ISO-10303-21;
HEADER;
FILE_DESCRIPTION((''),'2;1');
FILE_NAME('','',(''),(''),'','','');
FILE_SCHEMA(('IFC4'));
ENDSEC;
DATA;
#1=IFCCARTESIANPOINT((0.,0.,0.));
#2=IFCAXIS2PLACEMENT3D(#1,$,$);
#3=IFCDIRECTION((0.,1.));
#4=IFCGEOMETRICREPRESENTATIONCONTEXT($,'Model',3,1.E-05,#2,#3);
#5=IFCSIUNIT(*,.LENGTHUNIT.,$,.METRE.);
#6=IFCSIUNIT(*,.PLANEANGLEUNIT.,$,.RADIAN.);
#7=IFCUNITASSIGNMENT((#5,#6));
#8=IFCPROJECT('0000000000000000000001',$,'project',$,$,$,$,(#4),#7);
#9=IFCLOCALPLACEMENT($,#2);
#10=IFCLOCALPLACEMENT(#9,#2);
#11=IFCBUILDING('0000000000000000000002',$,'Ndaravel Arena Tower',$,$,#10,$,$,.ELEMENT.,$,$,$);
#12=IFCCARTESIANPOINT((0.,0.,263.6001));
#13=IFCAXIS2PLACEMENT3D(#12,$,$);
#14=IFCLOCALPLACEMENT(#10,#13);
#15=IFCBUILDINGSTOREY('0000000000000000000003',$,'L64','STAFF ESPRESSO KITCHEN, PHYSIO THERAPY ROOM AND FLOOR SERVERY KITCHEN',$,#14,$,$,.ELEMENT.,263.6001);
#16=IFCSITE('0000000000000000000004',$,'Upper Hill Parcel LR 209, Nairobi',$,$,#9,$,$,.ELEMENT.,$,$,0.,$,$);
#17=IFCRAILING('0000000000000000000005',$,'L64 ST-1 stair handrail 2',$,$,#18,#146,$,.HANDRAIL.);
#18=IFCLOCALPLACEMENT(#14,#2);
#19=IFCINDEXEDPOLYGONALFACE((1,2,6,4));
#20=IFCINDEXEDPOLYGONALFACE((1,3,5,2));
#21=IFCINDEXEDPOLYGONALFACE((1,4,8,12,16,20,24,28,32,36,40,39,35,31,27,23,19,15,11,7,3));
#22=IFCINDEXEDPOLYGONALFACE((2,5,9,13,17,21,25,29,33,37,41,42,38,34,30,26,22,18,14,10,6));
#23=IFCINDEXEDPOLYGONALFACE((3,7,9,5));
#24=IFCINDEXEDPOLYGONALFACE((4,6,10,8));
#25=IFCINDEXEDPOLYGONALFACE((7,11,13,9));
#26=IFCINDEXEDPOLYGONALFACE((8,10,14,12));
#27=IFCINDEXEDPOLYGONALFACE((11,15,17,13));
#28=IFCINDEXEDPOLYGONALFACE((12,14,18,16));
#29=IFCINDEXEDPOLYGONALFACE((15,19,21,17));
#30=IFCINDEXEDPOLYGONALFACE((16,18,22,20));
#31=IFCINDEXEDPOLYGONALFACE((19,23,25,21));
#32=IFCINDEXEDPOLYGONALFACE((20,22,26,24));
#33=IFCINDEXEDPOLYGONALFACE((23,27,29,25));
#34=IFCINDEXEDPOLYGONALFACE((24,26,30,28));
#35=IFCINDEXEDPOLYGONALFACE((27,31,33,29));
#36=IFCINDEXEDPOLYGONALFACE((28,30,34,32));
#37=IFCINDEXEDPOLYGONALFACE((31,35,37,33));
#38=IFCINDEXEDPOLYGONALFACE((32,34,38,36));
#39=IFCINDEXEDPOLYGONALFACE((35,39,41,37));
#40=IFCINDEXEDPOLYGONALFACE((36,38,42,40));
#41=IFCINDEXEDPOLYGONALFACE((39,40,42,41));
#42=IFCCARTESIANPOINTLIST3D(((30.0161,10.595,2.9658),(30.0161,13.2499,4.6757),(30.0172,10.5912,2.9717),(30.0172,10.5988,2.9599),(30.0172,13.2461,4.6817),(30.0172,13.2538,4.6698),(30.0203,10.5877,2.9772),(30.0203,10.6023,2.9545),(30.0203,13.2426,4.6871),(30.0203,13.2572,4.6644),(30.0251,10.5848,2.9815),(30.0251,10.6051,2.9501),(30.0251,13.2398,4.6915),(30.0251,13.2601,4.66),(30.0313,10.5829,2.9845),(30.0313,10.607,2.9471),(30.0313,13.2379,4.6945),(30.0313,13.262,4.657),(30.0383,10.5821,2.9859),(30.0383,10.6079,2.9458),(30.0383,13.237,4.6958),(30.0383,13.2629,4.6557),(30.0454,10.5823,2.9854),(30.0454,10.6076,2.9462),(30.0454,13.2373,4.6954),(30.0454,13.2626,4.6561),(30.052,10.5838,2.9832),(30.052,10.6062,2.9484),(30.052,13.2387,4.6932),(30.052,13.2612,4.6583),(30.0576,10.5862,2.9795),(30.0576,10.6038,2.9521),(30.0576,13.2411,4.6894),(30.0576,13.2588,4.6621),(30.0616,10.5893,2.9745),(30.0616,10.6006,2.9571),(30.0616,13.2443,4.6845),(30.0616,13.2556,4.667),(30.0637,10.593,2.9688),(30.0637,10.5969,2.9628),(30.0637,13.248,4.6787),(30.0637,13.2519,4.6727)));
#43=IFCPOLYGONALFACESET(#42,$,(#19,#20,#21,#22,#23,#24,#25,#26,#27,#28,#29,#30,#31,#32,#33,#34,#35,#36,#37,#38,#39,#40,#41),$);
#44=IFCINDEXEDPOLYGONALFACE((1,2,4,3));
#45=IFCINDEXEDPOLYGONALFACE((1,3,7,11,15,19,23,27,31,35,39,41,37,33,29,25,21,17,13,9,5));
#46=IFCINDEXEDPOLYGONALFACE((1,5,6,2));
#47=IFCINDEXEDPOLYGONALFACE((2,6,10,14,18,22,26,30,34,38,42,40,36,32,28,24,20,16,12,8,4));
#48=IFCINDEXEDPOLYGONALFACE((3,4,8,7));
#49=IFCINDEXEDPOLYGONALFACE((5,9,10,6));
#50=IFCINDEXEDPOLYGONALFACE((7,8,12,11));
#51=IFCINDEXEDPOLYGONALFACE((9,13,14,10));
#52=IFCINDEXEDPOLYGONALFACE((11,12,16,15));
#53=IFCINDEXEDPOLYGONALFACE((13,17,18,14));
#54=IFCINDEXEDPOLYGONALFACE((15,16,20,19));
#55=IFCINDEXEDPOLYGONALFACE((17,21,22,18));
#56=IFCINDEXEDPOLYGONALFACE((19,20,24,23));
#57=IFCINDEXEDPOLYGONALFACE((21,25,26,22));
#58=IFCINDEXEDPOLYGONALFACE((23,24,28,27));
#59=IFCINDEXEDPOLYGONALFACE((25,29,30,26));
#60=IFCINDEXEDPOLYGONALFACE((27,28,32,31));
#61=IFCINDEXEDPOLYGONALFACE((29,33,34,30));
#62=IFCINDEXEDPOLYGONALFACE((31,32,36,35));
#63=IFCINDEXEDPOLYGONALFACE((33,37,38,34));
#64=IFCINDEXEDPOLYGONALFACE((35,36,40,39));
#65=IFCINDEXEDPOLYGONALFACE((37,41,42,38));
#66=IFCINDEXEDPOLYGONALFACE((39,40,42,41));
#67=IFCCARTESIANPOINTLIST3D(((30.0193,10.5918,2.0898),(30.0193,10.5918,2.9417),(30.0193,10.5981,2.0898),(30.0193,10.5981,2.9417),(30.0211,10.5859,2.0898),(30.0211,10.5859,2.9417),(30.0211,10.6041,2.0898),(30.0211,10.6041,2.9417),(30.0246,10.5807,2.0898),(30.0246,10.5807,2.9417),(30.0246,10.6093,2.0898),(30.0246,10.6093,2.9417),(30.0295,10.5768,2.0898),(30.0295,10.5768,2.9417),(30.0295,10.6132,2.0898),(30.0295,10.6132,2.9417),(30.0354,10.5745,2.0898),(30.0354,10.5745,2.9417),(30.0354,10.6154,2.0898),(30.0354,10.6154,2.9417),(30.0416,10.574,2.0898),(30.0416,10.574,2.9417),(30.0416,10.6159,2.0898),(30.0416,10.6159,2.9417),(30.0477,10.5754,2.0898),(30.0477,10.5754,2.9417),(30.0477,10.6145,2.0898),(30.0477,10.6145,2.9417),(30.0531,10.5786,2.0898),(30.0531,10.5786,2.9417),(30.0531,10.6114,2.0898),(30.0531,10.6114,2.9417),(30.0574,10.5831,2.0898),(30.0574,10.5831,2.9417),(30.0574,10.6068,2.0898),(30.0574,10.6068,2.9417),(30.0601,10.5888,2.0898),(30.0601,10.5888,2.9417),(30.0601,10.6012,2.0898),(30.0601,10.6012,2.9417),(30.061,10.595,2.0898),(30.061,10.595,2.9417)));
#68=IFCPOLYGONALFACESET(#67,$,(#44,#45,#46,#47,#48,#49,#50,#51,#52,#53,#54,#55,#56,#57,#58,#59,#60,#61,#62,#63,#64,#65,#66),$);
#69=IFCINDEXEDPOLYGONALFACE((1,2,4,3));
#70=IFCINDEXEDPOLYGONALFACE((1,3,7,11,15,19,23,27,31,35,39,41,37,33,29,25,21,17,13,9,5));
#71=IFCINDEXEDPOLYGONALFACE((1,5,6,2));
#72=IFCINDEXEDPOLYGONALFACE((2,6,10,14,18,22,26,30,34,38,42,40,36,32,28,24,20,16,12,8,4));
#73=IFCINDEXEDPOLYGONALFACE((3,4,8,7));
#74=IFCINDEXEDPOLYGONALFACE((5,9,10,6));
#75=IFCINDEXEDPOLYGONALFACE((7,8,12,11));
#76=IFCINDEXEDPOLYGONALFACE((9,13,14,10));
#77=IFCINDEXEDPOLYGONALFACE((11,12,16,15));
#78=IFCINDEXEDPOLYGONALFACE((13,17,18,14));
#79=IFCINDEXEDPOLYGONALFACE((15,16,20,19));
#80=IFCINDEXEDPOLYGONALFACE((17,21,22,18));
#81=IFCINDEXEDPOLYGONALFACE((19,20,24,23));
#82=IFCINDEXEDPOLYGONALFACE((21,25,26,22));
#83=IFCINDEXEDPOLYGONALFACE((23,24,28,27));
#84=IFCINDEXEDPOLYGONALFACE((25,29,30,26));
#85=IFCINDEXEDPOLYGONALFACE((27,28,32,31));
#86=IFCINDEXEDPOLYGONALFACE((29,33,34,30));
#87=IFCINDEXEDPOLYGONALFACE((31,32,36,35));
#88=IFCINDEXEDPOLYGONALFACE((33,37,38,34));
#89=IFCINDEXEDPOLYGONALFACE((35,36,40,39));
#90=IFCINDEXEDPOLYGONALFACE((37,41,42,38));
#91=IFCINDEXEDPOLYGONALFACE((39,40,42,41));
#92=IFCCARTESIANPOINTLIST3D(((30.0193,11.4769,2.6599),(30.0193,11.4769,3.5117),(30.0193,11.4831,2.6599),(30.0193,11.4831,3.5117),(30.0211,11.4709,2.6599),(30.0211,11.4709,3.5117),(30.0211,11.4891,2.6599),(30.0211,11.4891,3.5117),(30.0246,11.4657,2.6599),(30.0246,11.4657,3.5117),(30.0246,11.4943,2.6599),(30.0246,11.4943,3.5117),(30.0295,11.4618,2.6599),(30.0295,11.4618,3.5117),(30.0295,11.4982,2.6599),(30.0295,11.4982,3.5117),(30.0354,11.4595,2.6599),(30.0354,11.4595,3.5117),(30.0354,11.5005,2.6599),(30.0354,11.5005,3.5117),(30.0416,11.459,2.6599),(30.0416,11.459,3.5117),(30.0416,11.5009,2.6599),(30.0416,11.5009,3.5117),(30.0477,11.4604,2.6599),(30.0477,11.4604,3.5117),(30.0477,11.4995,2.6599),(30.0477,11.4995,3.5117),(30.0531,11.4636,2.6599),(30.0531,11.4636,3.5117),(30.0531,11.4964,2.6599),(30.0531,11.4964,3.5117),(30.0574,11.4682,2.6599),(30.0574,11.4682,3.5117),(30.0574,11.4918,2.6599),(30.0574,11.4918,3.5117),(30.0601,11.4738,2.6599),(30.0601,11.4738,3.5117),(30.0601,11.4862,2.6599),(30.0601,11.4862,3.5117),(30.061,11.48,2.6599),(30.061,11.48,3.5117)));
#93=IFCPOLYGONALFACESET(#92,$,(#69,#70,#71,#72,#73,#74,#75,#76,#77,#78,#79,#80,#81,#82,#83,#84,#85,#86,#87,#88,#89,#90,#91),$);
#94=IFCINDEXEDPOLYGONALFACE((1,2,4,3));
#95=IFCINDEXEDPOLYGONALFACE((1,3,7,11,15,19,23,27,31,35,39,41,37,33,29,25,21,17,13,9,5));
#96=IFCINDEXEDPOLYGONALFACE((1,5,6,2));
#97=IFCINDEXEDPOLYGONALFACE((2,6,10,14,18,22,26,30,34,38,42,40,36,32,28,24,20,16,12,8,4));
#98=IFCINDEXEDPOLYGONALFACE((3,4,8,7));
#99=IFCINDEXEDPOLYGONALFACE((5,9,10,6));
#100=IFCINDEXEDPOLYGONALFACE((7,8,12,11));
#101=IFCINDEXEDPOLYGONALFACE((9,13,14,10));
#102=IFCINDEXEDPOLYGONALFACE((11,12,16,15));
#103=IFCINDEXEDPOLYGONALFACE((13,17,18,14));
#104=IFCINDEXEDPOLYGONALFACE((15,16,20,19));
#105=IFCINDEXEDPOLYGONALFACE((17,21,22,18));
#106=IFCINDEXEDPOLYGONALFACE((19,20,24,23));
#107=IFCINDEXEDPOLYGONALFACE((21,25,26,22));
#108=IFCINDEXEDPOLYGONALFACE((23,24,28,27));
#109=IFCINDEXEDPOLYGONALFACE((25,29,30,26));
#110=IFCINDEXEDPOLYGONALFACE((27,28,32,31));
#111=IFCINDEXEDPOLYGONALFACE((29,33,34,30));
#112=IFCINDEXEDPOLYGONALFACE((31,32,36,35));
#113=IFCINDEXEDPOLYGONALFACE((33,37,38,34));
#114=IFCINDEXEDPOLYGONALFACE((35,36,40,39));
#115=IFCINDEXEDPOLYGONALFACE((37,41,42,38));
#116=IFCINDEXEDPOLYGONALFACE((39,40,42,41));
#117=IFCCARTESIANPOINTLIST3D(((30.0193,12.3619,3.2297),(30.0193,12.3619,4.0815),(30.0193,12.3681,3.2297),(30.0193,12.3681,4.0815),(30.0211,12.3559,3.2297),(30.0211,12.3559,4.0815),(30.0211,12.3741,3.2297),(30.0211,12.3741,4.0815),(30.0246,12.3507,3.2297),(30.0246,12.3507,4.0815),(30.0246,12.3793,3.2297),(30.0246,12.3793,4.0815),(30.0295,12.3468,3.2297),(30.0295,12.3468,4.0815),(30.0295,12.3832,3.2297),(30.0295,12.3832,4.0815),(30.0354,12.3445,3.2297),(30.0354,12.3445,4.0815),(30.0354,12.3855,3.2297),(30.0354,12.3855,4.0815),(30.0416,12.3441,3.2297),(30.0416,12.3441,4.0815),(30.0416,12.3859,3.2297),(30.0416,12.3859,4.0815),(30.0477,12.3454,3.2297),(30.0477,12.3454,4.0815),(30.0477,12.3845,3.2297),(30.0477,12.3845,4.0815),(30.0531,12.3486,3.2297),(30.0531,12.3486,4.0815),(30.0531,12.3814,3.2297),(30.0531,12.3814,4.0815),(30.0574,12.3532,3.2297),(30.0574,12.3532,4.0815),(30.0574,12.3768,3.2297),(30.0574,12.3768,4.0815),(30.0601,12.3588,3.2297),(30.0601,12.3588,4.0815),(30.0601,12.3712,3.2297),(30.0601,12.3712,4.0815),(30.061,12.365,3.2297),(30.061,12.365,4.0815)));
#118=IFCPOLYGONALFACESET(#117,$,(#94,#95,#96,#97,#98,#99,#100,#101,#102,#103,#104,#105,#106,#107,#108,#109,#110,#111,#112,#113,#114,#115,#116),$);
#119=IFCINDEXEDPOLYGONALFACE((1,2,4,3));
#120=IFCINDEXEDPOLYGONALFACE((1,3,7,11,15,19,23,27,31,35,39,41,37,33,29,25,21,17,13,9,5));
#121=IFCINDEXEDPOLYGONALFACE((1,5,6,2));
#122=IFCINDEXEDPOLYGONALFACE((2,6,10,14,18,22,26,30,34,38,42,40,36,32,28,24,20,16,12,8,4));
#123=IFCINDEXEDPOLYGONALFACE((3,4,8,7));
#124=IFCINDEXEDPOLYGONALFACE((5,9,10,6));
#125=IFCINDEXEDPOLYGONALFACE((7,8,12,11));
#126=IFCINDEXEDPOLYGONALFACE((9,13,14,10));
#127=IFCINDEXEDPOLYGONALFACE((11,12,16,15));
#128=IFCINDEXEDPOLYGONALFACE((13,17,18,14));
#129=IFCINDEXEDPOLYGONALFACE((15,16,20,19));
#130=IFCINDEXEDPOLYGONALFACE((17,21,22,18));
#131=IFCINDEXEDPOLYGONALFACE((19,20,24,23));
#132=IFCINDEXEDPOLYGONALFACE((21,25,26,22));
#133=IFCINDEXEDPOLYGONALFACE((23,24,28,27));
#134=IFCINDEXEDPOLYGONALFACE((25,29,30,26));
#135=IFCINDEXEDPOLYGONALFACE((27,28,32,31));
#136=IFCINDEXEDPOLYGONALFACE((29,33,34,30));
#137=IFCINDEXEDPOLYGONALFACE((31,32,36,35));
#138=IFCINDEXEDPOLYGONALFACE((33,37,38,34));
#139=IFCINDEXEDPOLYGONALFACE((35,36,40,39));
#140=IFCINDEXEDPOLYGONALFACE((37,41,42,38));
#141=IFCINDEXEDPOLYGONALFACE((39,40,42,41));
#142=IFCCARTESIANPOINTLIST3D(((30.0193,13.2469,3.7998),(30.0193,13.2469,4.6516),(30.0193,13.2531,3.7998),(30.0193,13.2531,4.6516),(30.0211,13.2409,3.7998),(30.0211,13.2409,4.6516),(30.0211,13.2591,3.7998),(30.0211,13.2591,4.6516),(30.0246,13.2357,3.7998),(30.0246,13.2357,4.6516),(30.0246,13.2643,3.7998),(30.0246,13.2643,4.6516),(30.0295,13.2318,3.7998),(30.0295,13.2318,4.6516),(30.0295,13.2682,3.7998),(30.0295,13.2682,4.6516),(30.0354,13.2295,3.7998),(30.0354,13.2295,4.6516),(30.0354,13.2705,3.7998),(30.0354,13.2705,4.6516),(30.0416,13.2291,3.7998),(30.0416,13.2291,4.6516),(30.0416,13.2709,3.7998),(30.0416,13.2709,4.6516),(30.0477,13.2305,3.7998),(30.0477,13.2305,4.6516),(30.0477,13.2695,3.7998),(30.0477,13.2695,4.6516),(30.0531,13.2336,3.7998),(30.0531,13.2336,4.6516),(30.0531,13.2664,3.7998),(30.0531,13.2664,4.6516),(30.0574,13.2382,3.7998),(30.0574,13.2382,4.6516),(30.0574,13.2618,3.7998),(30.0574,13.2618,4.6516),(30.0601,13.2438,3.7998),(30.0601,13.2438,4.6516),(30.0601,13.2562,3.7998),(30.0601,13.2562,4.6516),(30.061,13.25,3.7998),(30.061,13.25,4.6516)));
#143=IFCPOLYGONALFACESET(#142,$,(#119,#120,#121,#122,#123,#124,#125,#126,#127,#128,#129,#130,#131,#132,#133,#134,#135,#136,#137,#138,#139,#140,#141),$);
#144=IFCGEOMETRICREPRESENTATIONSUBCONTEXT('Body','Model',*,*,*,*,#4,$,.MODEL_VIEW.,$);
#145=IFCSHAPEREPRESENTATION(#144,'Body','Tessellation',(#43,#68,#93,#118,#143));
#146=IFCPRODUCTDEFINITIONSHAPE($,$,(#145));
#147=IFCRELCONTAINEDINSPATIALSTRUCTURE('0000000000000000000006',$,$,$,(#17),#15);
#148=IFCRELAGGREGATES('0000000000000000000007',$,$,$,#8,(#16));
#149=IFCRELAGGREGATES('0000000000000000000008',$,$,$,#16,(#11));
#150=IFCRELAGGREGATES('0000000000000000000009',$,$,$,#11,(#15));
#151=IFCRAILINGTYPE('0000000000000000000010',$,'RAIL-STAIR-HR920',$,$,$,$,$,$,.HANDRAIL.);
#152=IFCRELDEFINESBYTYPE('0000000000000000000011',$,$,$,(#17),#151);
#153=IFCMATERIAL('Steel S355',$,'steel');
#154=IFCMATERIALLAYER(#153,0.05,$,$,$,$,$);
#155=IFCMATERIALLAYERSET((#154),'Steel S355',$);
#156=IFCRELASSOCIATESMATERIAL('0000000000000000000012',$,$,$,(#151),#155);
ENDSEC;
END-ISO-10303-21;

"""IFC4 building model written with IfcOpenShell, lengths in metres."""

from ifc_helpers import new_model, si_unit, direction, frame, origin, origin_2d, place, context, subcontext, project, spatial, circle, extrude, material, layer, layer_set, type_object, element, save


model = new_model("IFC4")

# Units and contexts
model_context = context("Model", 3, precision=1e-05, world=origin(), true_north=direction((0.0, 1.0)))
body_context = subcontext(model_context, "Body", "Model", "MODEL_VIEW")
ifc_project = project(units=[si_unit("LENGTHUNIT", "METRE"), si_unit("PLANEANGLEUNIT", "RADIAN")], contexts=[model_context])

# Site, building, storey
site_placement = place(None, origin())
site = spatial("IfcSite", under=ifc_project, at=site_placement, Name="Upper Hill Parcel LR 209, Nairobi", CompositionType="ELEMENT", RefElevation=0.0)
building_placement = place(site_placement, origin())
building = spatial("IfcBuilding", under=site, at=building_placement, Name="Ndaravel Arena Tower", CompositionType="ELEMENT")
storey_placement = place(building_placement, frame((0.0, 0.0, 263.6001)))
storey = spatial("IfcBuildingStorey", under=building, at=storey_placement, Name="L64", Description="STAFF ESPRESSO KITCHEN, PHYSIO THERAPY ROOM AND FLOOR SERVERY KITCHEN", CompositionType="ELEMENT", Elevation=263.6001)

# Railing
ifc_material_1 = material(Name="Steel S355", Category="steel")
ifc_layer_1 = layer(ifc_material_1, 0.05)
ifc_layer_set_1 = layer_set([ifc_layer_1], Name="Steel S355")
railing_type_1 = type_object("IfcRailingType", Name="RAIL-STAIR-HR920", PredefinedType="HANDRAIL", material=ifc_layer_set_1)
railing_1_placement = place(storey_placement, frame((30.04, 10.595, 2.0898)))
element("IfcRailing", 1, at=railing_1_placement, inside=storey, type_object=railing_type_1, Name="L64 ST-1 stair handrail 2", PredefinedType="HANDRAIL", context=body_context, shape_type="SweptSolid", body=[
    extrude(circle(Radius=0.0239, at=origin_2d()), frame((0.0, 0.0, 0.876), z_axis=(0.0, 0.840724, 0.541465), x_axis=(-1.0, 0.0, 0.0)), (0.0, 0.0, 1.0), 3.158),
    extrude(circle(Radius=0.021, at=origin_2d()), origin(), (0.0, 0.0, 1.0), 0.8518),
    extrude(circle(Radius=0.021, at=origin_2d()), frame((0.0, 0.885, 0.5701)), (0.0, 0.0, 1.0), 0.8518),
    extrude(circle(Radius=0.021, at=origin_2d()), frame((0.0, 1.77, 1.1399)), (0.0, 0.0, 1.0), 0.8518),
    extrude(circle(Radius=0.021, at=origin_2d()), frame((0.0, 2.655, 1.71)), (0.0, 0.0, 1.0), 0.8518),
])

save(model, "model.ifc")
